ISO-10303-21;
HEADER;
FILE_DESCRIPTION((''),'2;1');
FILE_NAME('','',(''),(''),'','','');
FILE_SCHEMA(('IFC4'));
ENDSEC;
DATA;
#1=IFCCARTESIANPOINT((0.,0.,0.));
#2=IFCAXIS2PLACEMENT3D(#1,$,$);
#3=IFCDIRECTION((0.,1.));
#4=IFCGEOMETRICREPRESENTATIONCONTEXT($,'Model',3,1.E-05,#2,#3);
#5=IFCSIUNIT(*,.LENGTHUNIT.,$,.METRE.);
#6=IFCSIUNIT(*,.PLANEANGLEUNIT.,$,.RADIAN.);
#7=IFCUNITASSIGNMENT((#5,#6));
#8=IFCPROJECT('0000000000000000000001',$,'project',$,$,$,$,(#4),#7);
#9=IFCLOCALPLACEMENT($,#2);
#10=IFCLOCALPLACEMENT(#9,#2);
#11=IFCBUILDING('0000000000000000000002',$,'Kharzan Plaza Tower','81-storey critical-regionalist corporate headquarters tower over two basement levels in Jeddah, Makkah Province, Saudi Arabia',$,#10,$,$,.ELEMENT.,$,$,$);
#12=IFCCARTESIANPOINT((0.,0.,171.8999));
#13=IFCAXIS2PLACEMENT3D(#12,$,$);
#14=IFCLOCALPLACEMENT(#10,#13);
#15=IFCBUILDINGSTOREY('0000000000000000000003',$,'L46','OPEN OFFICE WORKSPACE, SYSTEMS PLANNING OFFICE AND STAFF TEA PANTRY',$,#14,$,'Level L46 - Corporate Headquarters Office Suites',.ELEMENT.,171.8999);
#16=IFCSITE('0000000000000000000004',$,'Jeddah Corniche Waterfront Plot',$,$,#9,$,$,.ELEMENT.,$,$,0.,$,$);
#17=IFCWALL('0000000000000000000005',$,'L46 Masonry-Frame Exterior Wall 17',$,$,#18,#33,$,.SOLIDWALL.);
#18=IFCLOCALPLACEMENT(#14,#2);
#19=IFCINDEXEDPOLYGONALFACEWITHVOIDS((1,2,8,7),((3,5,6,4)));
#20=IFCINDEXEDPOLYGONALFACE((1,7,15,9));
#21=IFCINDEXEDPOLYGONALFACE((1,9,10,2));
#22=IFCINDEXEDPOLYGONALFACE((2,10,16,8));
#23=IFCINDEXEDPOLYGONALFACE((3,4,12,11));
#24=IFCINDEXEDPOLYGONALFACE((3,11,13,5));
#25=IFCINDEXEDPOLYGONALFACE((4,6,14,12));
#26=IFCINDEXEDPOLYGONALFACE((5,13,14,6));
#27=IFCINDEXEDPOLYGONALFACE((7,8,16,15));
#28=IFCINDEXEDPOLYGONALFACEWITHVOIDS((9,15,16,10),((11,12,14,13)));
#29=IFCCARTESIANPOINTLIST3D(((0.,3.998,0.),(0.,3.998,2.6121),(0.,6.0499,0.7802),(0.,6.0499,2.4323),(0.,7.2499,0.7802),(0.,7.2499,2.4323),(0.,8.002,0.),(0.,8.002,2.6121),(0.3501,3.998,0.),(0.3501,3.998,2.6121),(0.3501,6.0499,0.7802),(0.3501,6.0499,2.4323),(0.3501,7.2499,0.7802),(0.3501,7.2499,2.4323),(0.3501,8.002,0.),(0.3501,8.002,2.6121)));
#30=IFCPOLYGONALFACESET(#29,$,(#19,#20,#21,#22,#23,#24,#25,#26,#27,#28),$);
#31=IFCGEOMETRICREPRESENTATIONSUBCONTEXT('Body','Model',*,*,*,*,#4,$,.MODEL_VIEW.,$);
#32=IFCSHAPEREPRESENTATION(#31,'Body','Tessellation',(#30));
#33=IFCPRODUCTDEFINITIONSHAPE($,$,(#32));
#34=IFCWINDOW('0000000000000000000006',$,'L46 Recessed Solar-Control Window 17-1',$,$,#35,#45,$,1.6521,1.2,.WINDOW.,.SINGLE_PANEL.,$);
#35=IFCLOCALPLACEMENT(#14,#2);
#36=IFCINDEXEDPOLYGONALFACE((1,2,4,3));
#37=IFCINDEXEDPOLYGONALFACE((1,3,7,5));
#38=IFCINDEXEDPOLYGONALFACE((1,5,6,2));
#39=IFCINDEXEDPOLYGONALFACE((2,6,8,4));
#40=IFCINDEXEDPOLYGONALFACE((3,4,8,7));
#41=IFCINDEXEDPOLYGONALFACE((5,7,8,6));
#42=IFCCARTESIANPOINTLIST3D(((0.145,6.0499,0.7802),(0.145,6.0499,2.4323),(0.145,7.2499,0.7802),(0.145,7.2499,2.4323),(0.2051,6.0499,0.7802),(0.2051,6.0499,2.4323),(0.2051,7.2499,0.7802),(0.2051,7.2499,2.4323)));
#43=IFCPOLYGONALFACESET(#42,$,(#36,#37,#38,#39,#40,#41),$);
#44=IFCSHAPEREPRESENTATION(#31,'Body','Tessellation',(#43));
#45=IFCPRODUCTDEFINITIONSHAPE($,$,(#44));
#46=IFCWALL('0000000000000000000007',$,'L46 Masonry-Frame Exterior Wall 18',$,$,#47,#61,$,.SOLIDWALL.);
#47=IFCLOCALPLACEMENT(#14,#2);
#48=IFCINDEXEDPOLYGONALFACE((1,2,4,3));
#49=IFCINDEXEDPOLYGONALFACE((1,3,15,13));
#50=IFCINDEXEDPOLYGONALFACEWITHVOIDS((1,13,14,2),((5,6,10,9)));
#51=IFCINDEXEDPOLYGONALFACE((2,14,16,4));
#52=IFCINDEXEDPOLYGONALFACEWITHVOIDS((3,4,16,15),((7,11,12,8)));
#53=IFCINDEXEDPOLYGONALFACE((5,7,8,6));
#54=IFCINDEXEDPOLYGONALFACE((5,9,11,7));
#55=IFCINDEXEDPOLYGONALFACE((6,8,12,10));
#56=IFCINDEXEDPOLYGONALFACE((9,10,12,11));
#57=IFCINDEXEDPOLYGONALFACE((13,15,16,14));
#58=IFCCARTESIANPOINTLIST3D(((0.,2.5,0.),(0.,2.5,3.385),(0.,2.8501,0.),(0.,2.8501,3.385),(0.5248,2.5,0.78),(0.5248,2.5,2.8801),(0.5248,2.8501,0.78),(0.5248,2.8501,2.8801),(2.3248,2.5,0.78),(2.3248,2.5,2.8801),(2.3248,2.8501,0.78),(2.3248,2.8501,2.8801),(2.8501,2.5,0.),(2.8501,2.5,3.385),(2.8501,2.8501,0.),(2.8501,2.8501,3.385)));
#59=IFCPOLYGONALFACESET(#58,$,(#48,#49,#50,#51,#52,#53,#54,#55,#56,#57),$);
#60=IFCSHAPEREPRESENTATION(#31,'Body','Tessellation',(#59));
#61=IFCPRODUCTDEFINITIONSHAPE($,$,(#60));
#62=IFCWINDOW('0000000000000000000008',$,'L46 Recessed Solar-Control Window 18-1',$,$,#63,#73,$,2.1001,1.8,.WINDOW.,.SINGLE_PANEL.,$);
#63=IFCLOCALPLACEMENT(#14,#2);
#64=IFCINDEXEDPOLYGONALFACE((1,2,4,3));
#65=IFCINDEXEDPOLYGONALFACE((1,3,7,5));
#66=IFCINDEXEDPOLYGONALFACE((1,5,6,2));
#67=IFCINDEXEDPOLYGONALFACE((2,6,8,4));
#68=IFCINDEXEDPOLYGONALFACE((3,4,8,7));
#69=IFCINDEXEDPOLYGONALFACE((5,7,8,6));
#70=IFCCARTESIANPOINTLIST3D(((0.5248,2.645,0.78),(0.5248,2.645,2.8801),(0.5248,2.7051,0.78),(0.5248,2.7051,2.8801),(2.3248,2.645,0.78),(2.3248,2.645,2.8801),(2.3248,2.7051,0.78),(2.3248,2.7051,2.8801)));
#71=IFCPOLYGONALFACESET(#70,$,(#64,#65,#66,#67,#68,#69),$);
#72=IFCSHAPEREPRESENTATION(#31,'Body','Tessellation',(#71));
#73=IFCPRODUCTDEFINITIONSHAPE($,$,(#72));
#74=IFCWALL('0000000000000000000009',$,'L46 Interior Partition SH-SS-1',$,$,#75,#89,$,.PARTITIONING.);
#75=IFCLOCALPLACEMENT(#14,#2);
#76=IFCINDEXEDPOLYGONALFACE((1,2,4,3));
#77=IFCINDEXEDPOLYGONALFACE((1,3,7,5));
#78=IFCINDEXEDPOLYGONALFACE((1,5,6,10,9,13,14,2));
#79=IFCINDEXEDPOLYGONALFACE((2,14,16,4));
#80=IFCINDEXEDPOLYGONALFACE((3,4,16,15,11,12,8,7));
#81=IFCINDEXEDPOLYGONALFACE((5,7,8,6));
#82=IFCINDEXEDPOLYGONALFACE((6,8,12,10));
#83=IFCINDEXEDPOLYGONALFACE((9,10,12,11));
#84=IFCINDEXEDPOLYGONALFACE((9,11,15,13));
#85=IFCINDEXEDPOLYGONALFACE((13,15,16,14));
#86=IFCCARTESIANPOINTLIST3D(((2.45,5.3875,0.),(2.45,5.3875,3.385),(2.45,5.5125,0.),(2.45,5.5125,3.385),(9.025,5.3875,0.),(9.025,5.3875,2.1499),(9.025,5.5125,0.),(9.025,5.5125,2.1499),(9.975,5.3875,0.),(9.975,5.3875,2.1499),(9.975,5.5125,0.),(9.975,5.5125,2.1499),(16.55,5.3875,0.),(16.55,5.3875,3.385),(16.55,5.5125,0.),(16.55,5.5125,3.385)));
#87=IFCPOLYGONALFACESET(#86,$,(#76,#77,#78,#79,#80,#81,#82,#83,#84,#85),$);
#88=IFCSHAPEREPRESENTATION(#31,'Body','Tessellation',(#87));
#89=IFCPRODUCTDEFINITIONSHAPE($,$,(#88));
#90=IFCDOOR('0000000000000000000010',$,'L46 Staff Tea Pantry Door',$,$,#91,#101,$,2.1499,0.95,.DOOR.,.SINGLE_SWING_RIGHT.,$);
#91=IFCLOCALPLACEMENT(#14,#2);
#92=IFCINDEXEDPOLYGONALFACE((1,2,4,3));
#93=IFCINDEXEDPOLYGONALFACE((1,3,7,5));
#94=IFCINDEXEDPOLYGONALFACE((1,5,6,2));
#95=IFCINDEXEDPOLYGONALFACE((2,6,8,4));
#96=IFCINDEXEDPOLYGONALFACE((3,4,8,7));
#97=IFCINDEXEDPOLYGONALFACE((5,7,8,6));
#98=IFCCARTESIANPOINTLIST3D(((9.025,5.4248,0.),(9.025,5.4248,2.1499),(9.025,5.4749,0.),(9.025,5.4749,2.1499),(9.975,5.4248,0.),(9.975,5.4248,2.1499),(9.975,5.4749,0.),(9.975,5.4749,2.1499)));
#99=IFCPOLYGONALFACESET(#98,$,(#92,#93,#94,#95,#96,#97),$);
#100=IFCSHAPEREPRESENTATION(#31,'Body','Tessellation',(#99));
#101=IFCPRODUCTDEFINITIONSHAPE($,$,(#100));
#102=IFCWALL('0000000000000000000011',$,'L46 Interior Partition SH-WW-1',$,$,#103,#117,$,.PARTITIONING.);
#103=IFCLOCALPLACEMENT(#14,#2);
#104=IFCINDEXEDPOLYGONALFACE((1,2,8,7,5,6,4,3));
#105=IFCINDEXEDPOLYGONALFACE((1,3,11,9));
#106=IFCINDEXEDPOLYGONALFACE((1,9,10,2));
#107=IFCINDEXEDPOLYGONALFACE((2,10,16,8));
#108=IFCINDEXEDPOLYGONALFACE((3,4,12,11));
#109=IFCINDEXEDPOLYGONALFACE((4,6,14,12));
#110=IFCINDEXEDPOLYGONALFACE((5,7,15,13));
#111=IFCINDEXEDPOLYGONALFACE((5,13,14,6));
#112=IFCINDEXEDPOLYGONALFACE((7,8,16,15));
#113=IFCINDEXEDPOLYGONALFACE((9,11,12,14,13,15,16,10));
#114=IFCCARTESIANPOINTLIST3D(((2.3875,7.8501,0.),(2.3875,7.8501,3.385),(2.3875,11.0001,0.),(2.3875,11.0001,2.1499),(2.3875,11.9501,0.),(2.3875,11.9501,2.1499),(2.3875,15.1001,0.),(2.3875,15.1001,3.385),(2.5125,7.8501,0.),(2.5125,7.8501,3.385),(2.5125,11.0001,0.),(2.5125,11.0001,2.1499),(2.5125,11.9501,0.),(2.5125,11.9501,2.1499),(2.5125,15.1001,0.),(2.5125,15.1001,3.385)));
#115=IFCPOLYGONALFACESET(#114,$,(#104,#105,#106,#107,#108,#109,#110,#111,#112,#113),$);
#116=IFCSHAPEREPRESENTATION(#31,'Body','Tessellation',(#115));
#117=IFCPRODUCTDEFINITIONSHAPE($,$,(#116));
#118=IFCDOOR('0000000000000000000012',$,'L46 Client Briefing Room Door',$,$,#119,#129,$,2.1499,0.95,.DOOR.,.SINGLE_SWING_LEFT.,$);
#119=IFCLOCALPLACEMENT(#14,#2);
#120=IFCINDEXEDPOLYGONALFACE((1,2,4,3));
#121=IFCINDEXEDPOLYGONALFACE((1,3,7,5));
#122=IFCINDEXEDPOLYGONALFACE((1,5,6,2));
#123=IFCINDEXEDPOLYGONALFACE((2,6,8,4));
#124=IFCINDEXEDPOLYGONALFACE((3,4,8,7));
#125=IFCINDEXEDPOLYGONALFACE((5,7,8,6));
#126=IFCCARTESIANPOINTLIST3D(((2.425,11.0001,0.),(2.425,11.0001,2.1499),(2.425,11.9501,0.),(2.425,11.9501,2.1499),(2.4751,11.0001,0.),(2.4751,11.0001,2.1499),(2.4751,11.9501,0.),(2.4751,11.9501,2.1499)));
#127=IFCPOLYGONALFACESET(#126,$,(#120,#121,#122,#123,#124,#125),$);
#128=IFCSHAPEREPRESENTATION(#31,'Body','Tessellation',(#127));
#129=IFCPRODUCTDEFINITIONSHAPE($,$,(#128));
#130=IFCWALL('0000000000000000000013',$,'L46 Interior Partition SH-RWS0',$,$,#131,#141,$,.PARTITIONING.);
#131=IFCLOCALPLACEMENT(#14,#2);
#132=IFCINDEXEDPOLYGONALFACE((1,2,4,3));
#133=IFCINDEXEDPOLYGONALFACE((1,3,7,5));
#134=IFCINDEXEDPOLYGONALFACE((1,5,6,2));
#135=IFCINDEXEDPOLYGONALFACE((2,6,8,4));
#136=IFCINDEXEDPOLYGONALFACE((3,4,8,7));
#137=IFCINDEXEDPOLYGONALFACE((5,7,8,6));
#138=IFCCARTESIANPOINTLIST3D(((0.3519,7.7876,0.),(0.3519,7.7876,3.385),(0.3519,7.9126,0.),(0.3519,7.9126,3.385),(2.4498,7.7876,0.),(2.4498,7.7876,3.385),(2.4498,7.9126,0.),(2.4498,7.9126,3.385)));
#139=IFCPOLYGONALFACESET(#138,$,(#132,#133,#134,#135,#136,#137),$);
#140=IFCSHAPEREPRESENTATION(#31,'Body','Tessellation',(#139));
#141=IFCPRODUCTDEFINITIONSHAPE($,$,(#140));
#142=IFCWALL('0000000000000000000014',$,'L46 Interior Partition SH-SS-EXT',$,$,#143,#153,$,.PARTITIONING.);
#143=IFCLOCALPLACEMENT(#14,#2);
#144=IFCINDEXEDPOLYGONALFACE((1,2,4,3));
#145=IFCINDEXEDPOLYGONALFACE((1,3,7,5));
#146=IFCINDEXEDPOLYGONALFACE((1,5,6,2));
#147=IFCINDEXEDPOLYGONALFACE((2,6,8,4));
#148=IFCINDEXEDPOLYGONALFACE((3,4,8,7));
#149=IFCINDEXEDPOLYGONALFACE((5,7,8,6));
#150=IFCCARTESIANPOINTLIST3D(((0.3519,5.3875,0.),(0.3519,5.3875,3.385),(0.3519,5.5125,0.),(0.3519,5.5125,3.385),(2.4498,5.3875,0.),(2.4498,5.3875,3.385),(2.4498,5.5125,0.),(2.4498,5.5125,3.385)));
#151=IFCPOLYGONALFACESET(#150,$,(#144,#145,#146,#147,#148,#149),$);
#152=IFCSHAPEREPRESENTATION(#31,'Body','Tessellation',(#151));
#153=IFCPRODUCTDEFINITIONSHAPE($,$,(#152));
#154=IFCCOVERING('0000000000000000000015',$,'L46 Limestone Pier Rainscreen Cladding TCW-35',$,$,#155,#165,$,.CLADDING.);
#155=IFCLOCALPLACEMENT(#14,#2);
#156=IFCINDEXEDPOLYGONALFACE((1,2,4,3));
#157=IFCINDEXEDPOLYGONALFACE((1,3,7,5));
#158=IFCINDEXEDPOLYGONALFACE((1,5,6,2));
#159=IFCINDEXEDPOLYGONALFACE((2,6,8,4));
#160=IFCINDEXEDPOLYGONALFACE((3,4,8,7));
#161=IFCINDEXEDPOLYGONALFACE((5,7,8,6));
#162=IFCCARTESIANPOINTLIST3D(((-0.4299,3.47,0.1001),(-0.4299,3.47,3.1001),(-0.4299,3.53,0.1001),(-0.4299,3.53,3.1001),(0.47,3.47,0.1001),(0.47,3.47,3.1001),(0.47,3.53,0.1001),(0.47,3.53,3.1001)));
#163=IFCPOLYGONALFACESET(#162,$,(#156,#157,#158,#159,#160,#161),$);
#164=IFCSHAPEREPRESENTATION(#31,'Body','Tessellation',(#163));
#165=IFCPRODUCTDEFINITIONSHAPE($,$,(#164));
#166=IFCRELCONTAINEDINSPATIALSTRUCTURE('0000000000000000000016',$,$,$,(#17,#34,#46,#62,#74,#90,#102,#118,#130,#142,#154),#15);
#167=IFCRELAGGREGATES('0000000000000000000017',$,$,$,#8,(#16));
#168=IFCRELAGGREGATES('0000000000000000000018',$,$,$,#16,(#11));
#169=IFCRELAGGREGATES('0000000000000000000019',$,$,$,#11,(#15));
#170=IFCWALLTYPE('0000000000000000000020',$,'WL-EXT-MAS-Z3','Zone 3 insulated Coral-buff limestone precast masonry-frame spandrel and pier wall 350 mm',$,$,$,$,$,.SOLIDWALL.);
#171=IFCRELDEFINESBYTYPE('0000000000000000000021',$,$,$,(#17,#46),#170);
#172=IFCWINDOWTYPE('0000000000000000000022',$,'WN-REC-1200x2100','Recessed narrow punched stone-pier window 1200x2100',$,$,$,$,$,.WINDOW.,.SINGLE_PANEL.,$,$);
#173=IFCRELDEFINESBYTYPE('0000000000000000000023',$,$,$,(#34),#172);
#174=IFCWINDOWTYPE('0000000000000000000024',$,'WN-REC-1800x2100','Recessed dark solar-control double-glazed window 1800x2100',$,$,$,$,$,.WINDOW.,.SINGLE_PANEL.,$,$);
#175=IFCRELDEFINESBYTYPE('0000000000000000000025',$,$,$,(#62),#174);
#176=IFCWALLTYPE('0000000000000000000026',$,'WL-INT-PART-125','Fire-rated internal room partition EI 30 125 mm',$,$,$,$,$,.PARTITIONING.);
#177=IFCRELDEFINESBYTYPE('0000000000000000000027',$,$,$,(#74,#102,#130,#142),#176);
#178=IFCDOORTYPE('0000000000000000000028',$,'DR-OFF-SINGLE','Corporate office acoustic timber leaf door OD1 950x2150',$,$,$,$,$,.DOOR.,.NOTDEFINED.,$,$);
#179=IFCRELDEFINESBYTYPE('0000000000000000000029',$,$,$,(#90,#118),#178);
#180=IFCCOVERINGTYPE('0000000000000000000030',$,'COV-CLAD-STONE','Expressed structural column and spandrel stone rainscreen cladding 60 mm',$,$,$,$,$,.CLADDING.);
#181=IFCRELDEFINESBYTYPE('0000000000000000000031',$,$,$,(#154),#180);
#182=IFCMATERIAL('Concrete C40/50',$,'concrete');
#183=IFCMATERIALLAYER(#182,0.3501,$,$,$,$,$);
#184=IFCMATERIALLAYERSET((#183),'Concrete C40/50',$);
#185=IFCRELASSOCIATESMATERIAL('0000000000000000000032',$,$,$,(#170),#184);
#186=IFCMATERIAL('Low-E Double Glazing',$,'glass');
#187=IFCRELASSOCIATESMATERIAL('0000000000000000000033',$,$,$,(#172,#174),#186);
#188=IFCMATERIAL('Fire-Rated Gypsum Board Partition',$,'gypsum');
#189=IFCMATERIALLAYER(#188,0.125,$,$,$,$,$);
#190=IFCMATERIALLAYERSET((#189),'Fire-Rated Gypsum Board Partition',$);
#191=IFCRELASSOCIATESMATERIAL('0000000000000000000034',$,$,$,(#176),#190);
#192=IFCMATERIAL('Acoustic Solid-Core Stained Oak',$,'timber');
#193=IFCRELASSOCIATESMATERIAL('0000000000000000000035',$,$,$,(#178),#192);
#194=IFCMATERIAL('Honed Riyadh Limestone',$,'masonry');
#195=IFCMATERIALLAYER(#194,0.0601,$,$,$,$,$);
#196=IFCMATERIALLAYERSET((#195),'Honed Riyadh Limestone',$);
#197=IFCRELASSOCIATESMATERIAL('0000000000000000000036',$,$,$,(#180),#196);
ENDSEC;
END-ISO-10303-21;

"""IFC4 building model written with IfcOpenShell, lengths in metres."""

from ifc_helpers import new_model, si_unit, direction, frame, frame_2d, origin, origin_2d, place, context, subcontext, project, spatial, rectangle, extrude, source, transform, mapped, material, layer, layer_set, type_object, element, fill, save


model = new_model("IFC4")

# Units and contexts
model_context = context("Model", 3, precision=1e-05, world=origin(), true_north=direction((0.0, 1.0)))
body_context = subcontext(model_context, "Body", "Model", "MODEL_VIEW")
ifc_project = project(units=[si_unit("LENGTHUNIT", "METRE"), si_unit("PLANEANGLEUNIT", "RADIAN")], contexts=[model_context])

# Site, building, storey
site_placement = place(None, origin())
site = spatial("IfcSite", under=ifc_project, at=site_placement, Name="Jeddah Corniche Waterfront Plot", CompositionType="ELEMENT", RefElevation=0.0)
building_placement = place(site_placement, origin())
building = spatial("IfcBuilding", under=site, at=building_placement, Name="Kharzan Plaza Tower", Description="81-storey critical-regionalist corporate headquarters tower over two basement levels in Jeddah, Makkah Province, Saudi Arabia", CompositionType="ELEMENT")
storey_placement = place(building_placement, frame((0.0, 0.0, 171.8999)))
storey = spatial("IfcBuildingStorey", under=building, at=storey_placement, Name="L46", Description="OPEN OFFICE WORKSPACE, SYSTEMS PLANNING OFFICE AND STAFF TEA PANTRY", LongName="Level L46 - Corporate Headquarters Office Suites", CompositionType="ELEMENT", Elevation=171.8999)

# Shared definitions
ifc_material_1 = material(Name="Concrete C40/50", Category="concrete")

# Walls, openings, windows
ifc_layer_1 = layer(ifc_material_1, 0.3501)
ifc_layer_set_1 = layer_set([ifc_layer_1], Name="Concrete C40/50")
wall_type_1 = type_object("IfcWallType", Name="WL-EXT-MAS-Z3", Description="Zone 3 insulated Coral-buff limestone precast masonry-frame spandrel and pier wall 350 mm", PredefinedType="SOLIDWALL", material=ifc_layer_set_1)
wall_1_placement = place(storey_placement, frame((0.175, 8.002, 0.0), z_axis=(0.0, 0.0, 1.0), x_axis=(0.0, -1.0, 0.0)))
wall_1 = element("IfcWall", 1, at=wall_1_placement, inside=storey, type_object=wall_type_1, Name="L46 Masonry-Frame Exterior Wall 17", PredefinedType="SOLIDWALL", context=body_context, shape_type="SweptSolid", body=[
    extrude(rectangle(XDim=4.0039, YDim=0.3501, at=frame_2d((2.002, 0.0))), origin(), (0.0, 0.0, 1.0), 2.6121),
])
opening_1_placement = place(wall_1_placement, frame((0.752, 0.0, 0.78)))
opening_1 = element("IfcOpeningElement", 2, at=opening_1_placement, cuts=wall_1, PredefinedType="OPENING", context=body_context, shape_type="SweptSolid", body=[
    extrude(rectangle(XDim=1.2, YDim=1.6521, at=frame_2d((0.6001, 0.8262))), frame((0.0, 0.1851, 0.0), z_axis=(0.0, -1.0, 0.0), x_axis=(1.0, 0.0, 0.0)), (0.0, 0.0, 1.0), 0.3701),
])
ifc_material_2 = material(Name="Low-E Double Glazing", Category="glass")
window_type_1 = type_object("IfcWindowType", Name="WN-REC-1200x2100", Description="Recessed narrow punched stone-pier window 1200x2100", PartitioningType="SINGLE_PANEL", PredefinedType="WINDOW", material=ifc_material_2)
shared_shape_1 = source(origin(), body_context, "Body", "SweptSolid", [
    extrude(rectangle(XDim=1.2, YDim=1.6521, at=frame_2d((0.6001, 0.8262))), frame((0.0, 0.03, 0.0), z_axis=(0.0, -1.0, 0.0), x_axis=(1.0, 0.0, 0.0)), (0.0, 0.0, 1.0), 0.0601),
])
window_1_placement = place(opening_1_placement, origin())
window_1 = element("IfcWindow", 3, at=window_1_placement, inside=storey, type_object=window_type_1, Name="L46 Recessed Solar-Control Window 17-1", OverallHeight=1.6521, OverallWidth=1.2, PartitioningType="SINGLE_PANEL", PredefinedType="WINDOW", context=body_context, shape_type="MappedRepresentation", body=[
    mapped(shared_shape_1, transform((0.0, 0.0, 0.0), x_axis=(1.0, 0.0, 0.0), y_axis=(0.0, 1.0, 0.0), z_axis=(0.0, 0.0, 1.0))),
])
fill(opening_1, window_1)
wall_2_placement = place(storey_placement, frame((0.0, 2.675, 0.0), z_axis=(0.0, 0.0, 1.0), x_axis=(1.0, 0.0, 0.0)))
wall_2 = element("IfcWall", 4, at=wall_2_placement, inside=storey, type_object=wall_type_1, Name="L46 Masonry-Frame Exterior Wall 18", PredefinedType="SOLIDWALL", context=body_context, shape_type="SweptSolid", body=[
    extrude(rectangle(XDim=2.8501, YDim=0.3501, at=frame_2d((1.425, 0.0))), origin(), (0.0, 0.0, 1.0), 3.385),
])
opening_2_placement = place(wall_2_placement, frame((0.5249, 0.0, 0.78)))
opening_2 = element("IfcOpeningElement", 5, at=opening_2_placement, cuts=wall_2, PredefinedType="OPENING", context=body_context, shape_type="SweptSolid", body=[
    extrude(rectangle(XDim=1.8, YDim=2.1001, at=frame_2d((0.8999, 1.05))), frame((0.0, 0.1851, 0.0), z_axis=(0.0, -1.0, 0.0), x_axis=(1.0, 0.0, 0.0)), (0.0, 0.0, 1.0), 0.3701),
])
window_type_2 = type_object("IfcWindowType", Name="WN-REC-1800x2100", Description="Recessed dark solar-control double-glazed window 1800x2100", PartitioningType="SINGLE_PANEL", PredefinedType="WINDOW", material=ifc_material_2)
shared_shape_2 = source(origin(), body_context, "Body", "SweptSolid", [
    extrude(rectangle(XDim=1.8, YDim=2.1001, at=frame_2d((0.8999, 1.05))), frame((0.0, 0.03, 0.0), z_axis=(0.0, -1.0, 0.0), x_axis=(1.0, 0.0, 0.0)), (0.0, 0.0, 1.0), 0.0601),
])
window_2_placement = place(opening_2_placement, origin())
window_2 = element("IfcWindow", 6, at=window_2_placement, inside=storey, type_object=window_type_2, Name="L46 Recessed Solar-Control Window 18-1", OverallHeight=2.1001, OverallWidth=1.8, PartitioningType="SINGLE_PANEL", PredefinedType="WINDOW", context=body_context, shape_type="MappedRepresentation", body=[
    mapped(shared_shape_2, transform((0.0, 0.0, 0.0), x_axis=(1.0, 0.0, 0.0), y_axis=(0.0, 1.0, 0.0), z_axis=(0.0, 0.0, 1.0))),
])
fill(opening_2, window_2)

# Walls, openings, doors
ifc_material_3 = material(Name="Fire-Rated Gypsum Board Partition", Category="gypsum")
ifc_layer_2 = layer(ifc_material_3, 0.125)
ifc_layer_set_2 = layer_set([ifc_layer_2], Name="Fire-Rated Gypsum Board Partition")
wall_type_2 = type_object("IfcWallType", Name="WL-INT-PART-125", Description="Fire-rated internal room partition EI 30 125 mm", PredefinedType="PARTITIONING", material=ifc_layer_set_2)
wall_3_placement = place(storey_placement, frame((2.45, 5.45, 0.0), z_axis=(0.0, 0.0, 1.0), x_axis=(1.0, 0.0, 0.0)))
wall_3 = element("IfcWall", 7, at=wall_3_placement, inside=storey, type_object=wall_type_2, Name="L46 Interior Partition SH-SS-1", PredefinedType="PARTITIONING", context=body_context, shape_type="SweptSolid", body=[
    extrude(rectangle(XDim=14.1001, YDim=0.125, at=frame_2d((7.05, 0.0))), origin(), (0.0, 0.0, 1.0), 3.385),
])
opening_3_placement = place(wall_3_placement, frame((6.575, 0.0, 0.0)))
opening_3 = element("IfcOpeningElement", 8, at=opening_3_placement, cuts=wall_3, PredefinedType="OPENING", context=body_context, shape_type="SweptSolid", body=[
    extrude(rectangle(XDim=0.95, YDim=2.1499, at=frame_2d((0.4751, 1.075))), frame((0.0, 0.0725, 0.0), z_axis=(0.0, -1.0, 0.0), x_axis=(1.0, 0.0, 0.0)), (0.0, 0.0, 1.0), 0.145),
])
ifc_material_4 = material(Name="Acoustic Solid-Core Stained Oak", Category="timber")
door_type = type_object("IfcDoorType", Name="DR-OFF-SINGLE", Description="Corporate office acoustic timber leaf door OD1 950x2150", OperationType="NOTDEFINED", PredefinedType="DOOR", material=ifc_material_4)
shared_shape_3 = source(origin(), body_context, "Body", "SweptSolid", [
    extrude(rectangle(XDim=0.95, YDim=2.1499, at=frame_2d((0.4751, 1.075))), frame((0.0, 0.0249, 0.0), z_axis=(0.0, -1.0, 0.0), x_axis=(1.0, 0.0, 0.0)), (0.0, 0.0, 1.0), 0.05),
])
door_1_placement = place(opening_3_placement, origin())
door_1 = element("IfcDoor", 9, at=door_1_placement, inside=storey, type_object=door_type, Name="L46 Staff Tea Pantry Door", OperationType="SINGLE_SWING_RIGHT", OverallHeight=2.1499, OverallWidth=0.95, PredefinedType="DOOR", context=body_context, shape_type="MappedRepresentation", body=[
    mapped(shared_shape_3, transform((0.0, 0.0, 0.0), x_axis=(1.0, 0.0, 0.0), y_axis=(0.0, 1.0, 0.0), z_axis=(0.0, 0.0, 1.0))),
])
fill(opening_3, door_1)
wall_4_placement = place(storey_placement, frame((2.45, 7.8501, 0.0), z_axis=(0.0, 0.0, 1.0), x_axis=(0.0, 1.0, 0.0)))
wall_4 = element("IfcWall", 10, at=wall_4_placement, inside=storey, type_object=wall_type_2, Name="L46 Interior Partition SH-WW-1", PredefinedType="PARTITIONING", context=body_context, shape_type="SweptSolid", body=[
    extrude(rectangle(XDim=7.25, YDim=0.125, at=frame_2d((3.625, 0.0))), origin(), (0.0, 0.0, 1.0), 3.385),
])
opening_4_placement = place(wall_4_placement, frame((3.1499, 0.0, 0.0)))
opening_4 = element("IfcOpeningElement", 11, at=opening_4_placement, cuts=wall_4, PredefinedType="OPENING", context=body_context, shape_type="SweptSolid", body=[
    extrude(rectangle(XDim=0.95, YDim=2.1499, at=frame_2d((0.4751, 1.075))), frame((0.0, 0.0725, 0.0), z_axis=(0.0, -1.0, 0.0), x_axis=(1.0, 0.0, 0.0)), (0.0, 0.0, 1.0), 0.145),
])
door_2_placement = place(opening_4_placement, origin())
door_2 = element("IfcDoor", 12, at=door_2_placement, inside=storey, type_object=door_type, Name="L46 Client Briefing Room Door", OperationType="SINGLE_SWING_LEFT", OverallHeight=2.1499, OverallWidth=0.95, PredefinedType="DOOR", context=body_context, shape_type="MappedRepresentation", body=[
    mapped(shared_shape_3, transform((0.0, 0.0, 0.0), x_axis=(1.0, 0.0, 0.0), y_axis=(0.0, 1.0, 0.0), z_axis=(0.0, 0.0, 1.0))),
])
fill(opening_4, door_2)

# Walls
shared_shape_4 = source(origin(), body_context, "Body", "SweptSolid", [
    extrude(rectangle(XDim=2.0979, YDim=0.125, at=frame_2d((1.0488, 0.0))), origin(), (0.0, 0.0, 1.0), 3.385),
])
for number, where, z_axis, x_axis, name in (
    (13, (0.3521, 7.8501, 0.0), (0.0, 0.0, 1.0), (1.0, 0.0, 0.0), "L46 Interior Partition SH-RWS0"),
    (14, (0.3521, 5.45, 0.0), (0.0, 0.0, 1.0), (1.0, 0.0, 0.0), "L46 Interior Partition SH-SS-EXT"),
):
    element("IfcWall", number, at=place(storey_placement, frame(where, z_axis=z_axis, x_axis=x_axis)), inside=storey, type_object=wall_type_2, Name=name, PredefinedType="PARTITIONING", context=body_context, shape_type="MappedRepresentation", body=[
        mapped(shared_shape_4, transform((0.0, 0.0, 0.0), x_axis=(1.0, 0.0, 0.0), y_axis=(0.0, 1.0, 0.0), z_axis=(0.0, 0.0, 1.0))),
    ])

# Covering
ifc_material_5 = material(Name="Honed Riyadh Limestone", Category="masonry")
ifc_layer_3 = layer(ifc_material_5, 0.0601)
ifc_layer_set_3 = layer_set([ifc_layer_3], Name="Honed Riyadh Limestone")
covering_type = type_object("IfcCoveringType", Name="COV-CLAD-STONE", Description="Expressed structural column and spandrel stone rainscreen cladding 60 mm", PredefinedType="CLADDING", material=ifc_layer_set_3)
shared_shape_5 = source(origin(), body_context, "Body", "SweptSolid", [
    extrude(rectangle(XDim=0.0601, YDim=0.8999, at=origin_2d()), origin(), (0.0, 0.0, 1.0), 3.0),
])
for number, where, z_axis, x_axis, name in (
    (15, (0.02, 3.5, 0.1001), (0.0, 0.0, 1.0), (0.0, 1.0, 0.0), "L46 Limestone Pier Rainscreen Cladding TCW-35"),
):
    element("IfcCovering", number, at=place(storey_placement, frame(where, z_axis=z_axis, x_axis=x_axis)), inside=storey, type_object=covering_type, Name=name, PredefinedType="CLADDING", context=body_context, shape_type="MappedRepresentation", body=[
        mapped(shared_shape_5, transform((0.0, 0.0, 0.0), x_axis=(1.0, 0.0, 0.0), y_axis=(0.0, 1.0, 0.0), z_axis=(0.0, 0.0, 1.0))),
    ])

save(model, "model.ifc")
